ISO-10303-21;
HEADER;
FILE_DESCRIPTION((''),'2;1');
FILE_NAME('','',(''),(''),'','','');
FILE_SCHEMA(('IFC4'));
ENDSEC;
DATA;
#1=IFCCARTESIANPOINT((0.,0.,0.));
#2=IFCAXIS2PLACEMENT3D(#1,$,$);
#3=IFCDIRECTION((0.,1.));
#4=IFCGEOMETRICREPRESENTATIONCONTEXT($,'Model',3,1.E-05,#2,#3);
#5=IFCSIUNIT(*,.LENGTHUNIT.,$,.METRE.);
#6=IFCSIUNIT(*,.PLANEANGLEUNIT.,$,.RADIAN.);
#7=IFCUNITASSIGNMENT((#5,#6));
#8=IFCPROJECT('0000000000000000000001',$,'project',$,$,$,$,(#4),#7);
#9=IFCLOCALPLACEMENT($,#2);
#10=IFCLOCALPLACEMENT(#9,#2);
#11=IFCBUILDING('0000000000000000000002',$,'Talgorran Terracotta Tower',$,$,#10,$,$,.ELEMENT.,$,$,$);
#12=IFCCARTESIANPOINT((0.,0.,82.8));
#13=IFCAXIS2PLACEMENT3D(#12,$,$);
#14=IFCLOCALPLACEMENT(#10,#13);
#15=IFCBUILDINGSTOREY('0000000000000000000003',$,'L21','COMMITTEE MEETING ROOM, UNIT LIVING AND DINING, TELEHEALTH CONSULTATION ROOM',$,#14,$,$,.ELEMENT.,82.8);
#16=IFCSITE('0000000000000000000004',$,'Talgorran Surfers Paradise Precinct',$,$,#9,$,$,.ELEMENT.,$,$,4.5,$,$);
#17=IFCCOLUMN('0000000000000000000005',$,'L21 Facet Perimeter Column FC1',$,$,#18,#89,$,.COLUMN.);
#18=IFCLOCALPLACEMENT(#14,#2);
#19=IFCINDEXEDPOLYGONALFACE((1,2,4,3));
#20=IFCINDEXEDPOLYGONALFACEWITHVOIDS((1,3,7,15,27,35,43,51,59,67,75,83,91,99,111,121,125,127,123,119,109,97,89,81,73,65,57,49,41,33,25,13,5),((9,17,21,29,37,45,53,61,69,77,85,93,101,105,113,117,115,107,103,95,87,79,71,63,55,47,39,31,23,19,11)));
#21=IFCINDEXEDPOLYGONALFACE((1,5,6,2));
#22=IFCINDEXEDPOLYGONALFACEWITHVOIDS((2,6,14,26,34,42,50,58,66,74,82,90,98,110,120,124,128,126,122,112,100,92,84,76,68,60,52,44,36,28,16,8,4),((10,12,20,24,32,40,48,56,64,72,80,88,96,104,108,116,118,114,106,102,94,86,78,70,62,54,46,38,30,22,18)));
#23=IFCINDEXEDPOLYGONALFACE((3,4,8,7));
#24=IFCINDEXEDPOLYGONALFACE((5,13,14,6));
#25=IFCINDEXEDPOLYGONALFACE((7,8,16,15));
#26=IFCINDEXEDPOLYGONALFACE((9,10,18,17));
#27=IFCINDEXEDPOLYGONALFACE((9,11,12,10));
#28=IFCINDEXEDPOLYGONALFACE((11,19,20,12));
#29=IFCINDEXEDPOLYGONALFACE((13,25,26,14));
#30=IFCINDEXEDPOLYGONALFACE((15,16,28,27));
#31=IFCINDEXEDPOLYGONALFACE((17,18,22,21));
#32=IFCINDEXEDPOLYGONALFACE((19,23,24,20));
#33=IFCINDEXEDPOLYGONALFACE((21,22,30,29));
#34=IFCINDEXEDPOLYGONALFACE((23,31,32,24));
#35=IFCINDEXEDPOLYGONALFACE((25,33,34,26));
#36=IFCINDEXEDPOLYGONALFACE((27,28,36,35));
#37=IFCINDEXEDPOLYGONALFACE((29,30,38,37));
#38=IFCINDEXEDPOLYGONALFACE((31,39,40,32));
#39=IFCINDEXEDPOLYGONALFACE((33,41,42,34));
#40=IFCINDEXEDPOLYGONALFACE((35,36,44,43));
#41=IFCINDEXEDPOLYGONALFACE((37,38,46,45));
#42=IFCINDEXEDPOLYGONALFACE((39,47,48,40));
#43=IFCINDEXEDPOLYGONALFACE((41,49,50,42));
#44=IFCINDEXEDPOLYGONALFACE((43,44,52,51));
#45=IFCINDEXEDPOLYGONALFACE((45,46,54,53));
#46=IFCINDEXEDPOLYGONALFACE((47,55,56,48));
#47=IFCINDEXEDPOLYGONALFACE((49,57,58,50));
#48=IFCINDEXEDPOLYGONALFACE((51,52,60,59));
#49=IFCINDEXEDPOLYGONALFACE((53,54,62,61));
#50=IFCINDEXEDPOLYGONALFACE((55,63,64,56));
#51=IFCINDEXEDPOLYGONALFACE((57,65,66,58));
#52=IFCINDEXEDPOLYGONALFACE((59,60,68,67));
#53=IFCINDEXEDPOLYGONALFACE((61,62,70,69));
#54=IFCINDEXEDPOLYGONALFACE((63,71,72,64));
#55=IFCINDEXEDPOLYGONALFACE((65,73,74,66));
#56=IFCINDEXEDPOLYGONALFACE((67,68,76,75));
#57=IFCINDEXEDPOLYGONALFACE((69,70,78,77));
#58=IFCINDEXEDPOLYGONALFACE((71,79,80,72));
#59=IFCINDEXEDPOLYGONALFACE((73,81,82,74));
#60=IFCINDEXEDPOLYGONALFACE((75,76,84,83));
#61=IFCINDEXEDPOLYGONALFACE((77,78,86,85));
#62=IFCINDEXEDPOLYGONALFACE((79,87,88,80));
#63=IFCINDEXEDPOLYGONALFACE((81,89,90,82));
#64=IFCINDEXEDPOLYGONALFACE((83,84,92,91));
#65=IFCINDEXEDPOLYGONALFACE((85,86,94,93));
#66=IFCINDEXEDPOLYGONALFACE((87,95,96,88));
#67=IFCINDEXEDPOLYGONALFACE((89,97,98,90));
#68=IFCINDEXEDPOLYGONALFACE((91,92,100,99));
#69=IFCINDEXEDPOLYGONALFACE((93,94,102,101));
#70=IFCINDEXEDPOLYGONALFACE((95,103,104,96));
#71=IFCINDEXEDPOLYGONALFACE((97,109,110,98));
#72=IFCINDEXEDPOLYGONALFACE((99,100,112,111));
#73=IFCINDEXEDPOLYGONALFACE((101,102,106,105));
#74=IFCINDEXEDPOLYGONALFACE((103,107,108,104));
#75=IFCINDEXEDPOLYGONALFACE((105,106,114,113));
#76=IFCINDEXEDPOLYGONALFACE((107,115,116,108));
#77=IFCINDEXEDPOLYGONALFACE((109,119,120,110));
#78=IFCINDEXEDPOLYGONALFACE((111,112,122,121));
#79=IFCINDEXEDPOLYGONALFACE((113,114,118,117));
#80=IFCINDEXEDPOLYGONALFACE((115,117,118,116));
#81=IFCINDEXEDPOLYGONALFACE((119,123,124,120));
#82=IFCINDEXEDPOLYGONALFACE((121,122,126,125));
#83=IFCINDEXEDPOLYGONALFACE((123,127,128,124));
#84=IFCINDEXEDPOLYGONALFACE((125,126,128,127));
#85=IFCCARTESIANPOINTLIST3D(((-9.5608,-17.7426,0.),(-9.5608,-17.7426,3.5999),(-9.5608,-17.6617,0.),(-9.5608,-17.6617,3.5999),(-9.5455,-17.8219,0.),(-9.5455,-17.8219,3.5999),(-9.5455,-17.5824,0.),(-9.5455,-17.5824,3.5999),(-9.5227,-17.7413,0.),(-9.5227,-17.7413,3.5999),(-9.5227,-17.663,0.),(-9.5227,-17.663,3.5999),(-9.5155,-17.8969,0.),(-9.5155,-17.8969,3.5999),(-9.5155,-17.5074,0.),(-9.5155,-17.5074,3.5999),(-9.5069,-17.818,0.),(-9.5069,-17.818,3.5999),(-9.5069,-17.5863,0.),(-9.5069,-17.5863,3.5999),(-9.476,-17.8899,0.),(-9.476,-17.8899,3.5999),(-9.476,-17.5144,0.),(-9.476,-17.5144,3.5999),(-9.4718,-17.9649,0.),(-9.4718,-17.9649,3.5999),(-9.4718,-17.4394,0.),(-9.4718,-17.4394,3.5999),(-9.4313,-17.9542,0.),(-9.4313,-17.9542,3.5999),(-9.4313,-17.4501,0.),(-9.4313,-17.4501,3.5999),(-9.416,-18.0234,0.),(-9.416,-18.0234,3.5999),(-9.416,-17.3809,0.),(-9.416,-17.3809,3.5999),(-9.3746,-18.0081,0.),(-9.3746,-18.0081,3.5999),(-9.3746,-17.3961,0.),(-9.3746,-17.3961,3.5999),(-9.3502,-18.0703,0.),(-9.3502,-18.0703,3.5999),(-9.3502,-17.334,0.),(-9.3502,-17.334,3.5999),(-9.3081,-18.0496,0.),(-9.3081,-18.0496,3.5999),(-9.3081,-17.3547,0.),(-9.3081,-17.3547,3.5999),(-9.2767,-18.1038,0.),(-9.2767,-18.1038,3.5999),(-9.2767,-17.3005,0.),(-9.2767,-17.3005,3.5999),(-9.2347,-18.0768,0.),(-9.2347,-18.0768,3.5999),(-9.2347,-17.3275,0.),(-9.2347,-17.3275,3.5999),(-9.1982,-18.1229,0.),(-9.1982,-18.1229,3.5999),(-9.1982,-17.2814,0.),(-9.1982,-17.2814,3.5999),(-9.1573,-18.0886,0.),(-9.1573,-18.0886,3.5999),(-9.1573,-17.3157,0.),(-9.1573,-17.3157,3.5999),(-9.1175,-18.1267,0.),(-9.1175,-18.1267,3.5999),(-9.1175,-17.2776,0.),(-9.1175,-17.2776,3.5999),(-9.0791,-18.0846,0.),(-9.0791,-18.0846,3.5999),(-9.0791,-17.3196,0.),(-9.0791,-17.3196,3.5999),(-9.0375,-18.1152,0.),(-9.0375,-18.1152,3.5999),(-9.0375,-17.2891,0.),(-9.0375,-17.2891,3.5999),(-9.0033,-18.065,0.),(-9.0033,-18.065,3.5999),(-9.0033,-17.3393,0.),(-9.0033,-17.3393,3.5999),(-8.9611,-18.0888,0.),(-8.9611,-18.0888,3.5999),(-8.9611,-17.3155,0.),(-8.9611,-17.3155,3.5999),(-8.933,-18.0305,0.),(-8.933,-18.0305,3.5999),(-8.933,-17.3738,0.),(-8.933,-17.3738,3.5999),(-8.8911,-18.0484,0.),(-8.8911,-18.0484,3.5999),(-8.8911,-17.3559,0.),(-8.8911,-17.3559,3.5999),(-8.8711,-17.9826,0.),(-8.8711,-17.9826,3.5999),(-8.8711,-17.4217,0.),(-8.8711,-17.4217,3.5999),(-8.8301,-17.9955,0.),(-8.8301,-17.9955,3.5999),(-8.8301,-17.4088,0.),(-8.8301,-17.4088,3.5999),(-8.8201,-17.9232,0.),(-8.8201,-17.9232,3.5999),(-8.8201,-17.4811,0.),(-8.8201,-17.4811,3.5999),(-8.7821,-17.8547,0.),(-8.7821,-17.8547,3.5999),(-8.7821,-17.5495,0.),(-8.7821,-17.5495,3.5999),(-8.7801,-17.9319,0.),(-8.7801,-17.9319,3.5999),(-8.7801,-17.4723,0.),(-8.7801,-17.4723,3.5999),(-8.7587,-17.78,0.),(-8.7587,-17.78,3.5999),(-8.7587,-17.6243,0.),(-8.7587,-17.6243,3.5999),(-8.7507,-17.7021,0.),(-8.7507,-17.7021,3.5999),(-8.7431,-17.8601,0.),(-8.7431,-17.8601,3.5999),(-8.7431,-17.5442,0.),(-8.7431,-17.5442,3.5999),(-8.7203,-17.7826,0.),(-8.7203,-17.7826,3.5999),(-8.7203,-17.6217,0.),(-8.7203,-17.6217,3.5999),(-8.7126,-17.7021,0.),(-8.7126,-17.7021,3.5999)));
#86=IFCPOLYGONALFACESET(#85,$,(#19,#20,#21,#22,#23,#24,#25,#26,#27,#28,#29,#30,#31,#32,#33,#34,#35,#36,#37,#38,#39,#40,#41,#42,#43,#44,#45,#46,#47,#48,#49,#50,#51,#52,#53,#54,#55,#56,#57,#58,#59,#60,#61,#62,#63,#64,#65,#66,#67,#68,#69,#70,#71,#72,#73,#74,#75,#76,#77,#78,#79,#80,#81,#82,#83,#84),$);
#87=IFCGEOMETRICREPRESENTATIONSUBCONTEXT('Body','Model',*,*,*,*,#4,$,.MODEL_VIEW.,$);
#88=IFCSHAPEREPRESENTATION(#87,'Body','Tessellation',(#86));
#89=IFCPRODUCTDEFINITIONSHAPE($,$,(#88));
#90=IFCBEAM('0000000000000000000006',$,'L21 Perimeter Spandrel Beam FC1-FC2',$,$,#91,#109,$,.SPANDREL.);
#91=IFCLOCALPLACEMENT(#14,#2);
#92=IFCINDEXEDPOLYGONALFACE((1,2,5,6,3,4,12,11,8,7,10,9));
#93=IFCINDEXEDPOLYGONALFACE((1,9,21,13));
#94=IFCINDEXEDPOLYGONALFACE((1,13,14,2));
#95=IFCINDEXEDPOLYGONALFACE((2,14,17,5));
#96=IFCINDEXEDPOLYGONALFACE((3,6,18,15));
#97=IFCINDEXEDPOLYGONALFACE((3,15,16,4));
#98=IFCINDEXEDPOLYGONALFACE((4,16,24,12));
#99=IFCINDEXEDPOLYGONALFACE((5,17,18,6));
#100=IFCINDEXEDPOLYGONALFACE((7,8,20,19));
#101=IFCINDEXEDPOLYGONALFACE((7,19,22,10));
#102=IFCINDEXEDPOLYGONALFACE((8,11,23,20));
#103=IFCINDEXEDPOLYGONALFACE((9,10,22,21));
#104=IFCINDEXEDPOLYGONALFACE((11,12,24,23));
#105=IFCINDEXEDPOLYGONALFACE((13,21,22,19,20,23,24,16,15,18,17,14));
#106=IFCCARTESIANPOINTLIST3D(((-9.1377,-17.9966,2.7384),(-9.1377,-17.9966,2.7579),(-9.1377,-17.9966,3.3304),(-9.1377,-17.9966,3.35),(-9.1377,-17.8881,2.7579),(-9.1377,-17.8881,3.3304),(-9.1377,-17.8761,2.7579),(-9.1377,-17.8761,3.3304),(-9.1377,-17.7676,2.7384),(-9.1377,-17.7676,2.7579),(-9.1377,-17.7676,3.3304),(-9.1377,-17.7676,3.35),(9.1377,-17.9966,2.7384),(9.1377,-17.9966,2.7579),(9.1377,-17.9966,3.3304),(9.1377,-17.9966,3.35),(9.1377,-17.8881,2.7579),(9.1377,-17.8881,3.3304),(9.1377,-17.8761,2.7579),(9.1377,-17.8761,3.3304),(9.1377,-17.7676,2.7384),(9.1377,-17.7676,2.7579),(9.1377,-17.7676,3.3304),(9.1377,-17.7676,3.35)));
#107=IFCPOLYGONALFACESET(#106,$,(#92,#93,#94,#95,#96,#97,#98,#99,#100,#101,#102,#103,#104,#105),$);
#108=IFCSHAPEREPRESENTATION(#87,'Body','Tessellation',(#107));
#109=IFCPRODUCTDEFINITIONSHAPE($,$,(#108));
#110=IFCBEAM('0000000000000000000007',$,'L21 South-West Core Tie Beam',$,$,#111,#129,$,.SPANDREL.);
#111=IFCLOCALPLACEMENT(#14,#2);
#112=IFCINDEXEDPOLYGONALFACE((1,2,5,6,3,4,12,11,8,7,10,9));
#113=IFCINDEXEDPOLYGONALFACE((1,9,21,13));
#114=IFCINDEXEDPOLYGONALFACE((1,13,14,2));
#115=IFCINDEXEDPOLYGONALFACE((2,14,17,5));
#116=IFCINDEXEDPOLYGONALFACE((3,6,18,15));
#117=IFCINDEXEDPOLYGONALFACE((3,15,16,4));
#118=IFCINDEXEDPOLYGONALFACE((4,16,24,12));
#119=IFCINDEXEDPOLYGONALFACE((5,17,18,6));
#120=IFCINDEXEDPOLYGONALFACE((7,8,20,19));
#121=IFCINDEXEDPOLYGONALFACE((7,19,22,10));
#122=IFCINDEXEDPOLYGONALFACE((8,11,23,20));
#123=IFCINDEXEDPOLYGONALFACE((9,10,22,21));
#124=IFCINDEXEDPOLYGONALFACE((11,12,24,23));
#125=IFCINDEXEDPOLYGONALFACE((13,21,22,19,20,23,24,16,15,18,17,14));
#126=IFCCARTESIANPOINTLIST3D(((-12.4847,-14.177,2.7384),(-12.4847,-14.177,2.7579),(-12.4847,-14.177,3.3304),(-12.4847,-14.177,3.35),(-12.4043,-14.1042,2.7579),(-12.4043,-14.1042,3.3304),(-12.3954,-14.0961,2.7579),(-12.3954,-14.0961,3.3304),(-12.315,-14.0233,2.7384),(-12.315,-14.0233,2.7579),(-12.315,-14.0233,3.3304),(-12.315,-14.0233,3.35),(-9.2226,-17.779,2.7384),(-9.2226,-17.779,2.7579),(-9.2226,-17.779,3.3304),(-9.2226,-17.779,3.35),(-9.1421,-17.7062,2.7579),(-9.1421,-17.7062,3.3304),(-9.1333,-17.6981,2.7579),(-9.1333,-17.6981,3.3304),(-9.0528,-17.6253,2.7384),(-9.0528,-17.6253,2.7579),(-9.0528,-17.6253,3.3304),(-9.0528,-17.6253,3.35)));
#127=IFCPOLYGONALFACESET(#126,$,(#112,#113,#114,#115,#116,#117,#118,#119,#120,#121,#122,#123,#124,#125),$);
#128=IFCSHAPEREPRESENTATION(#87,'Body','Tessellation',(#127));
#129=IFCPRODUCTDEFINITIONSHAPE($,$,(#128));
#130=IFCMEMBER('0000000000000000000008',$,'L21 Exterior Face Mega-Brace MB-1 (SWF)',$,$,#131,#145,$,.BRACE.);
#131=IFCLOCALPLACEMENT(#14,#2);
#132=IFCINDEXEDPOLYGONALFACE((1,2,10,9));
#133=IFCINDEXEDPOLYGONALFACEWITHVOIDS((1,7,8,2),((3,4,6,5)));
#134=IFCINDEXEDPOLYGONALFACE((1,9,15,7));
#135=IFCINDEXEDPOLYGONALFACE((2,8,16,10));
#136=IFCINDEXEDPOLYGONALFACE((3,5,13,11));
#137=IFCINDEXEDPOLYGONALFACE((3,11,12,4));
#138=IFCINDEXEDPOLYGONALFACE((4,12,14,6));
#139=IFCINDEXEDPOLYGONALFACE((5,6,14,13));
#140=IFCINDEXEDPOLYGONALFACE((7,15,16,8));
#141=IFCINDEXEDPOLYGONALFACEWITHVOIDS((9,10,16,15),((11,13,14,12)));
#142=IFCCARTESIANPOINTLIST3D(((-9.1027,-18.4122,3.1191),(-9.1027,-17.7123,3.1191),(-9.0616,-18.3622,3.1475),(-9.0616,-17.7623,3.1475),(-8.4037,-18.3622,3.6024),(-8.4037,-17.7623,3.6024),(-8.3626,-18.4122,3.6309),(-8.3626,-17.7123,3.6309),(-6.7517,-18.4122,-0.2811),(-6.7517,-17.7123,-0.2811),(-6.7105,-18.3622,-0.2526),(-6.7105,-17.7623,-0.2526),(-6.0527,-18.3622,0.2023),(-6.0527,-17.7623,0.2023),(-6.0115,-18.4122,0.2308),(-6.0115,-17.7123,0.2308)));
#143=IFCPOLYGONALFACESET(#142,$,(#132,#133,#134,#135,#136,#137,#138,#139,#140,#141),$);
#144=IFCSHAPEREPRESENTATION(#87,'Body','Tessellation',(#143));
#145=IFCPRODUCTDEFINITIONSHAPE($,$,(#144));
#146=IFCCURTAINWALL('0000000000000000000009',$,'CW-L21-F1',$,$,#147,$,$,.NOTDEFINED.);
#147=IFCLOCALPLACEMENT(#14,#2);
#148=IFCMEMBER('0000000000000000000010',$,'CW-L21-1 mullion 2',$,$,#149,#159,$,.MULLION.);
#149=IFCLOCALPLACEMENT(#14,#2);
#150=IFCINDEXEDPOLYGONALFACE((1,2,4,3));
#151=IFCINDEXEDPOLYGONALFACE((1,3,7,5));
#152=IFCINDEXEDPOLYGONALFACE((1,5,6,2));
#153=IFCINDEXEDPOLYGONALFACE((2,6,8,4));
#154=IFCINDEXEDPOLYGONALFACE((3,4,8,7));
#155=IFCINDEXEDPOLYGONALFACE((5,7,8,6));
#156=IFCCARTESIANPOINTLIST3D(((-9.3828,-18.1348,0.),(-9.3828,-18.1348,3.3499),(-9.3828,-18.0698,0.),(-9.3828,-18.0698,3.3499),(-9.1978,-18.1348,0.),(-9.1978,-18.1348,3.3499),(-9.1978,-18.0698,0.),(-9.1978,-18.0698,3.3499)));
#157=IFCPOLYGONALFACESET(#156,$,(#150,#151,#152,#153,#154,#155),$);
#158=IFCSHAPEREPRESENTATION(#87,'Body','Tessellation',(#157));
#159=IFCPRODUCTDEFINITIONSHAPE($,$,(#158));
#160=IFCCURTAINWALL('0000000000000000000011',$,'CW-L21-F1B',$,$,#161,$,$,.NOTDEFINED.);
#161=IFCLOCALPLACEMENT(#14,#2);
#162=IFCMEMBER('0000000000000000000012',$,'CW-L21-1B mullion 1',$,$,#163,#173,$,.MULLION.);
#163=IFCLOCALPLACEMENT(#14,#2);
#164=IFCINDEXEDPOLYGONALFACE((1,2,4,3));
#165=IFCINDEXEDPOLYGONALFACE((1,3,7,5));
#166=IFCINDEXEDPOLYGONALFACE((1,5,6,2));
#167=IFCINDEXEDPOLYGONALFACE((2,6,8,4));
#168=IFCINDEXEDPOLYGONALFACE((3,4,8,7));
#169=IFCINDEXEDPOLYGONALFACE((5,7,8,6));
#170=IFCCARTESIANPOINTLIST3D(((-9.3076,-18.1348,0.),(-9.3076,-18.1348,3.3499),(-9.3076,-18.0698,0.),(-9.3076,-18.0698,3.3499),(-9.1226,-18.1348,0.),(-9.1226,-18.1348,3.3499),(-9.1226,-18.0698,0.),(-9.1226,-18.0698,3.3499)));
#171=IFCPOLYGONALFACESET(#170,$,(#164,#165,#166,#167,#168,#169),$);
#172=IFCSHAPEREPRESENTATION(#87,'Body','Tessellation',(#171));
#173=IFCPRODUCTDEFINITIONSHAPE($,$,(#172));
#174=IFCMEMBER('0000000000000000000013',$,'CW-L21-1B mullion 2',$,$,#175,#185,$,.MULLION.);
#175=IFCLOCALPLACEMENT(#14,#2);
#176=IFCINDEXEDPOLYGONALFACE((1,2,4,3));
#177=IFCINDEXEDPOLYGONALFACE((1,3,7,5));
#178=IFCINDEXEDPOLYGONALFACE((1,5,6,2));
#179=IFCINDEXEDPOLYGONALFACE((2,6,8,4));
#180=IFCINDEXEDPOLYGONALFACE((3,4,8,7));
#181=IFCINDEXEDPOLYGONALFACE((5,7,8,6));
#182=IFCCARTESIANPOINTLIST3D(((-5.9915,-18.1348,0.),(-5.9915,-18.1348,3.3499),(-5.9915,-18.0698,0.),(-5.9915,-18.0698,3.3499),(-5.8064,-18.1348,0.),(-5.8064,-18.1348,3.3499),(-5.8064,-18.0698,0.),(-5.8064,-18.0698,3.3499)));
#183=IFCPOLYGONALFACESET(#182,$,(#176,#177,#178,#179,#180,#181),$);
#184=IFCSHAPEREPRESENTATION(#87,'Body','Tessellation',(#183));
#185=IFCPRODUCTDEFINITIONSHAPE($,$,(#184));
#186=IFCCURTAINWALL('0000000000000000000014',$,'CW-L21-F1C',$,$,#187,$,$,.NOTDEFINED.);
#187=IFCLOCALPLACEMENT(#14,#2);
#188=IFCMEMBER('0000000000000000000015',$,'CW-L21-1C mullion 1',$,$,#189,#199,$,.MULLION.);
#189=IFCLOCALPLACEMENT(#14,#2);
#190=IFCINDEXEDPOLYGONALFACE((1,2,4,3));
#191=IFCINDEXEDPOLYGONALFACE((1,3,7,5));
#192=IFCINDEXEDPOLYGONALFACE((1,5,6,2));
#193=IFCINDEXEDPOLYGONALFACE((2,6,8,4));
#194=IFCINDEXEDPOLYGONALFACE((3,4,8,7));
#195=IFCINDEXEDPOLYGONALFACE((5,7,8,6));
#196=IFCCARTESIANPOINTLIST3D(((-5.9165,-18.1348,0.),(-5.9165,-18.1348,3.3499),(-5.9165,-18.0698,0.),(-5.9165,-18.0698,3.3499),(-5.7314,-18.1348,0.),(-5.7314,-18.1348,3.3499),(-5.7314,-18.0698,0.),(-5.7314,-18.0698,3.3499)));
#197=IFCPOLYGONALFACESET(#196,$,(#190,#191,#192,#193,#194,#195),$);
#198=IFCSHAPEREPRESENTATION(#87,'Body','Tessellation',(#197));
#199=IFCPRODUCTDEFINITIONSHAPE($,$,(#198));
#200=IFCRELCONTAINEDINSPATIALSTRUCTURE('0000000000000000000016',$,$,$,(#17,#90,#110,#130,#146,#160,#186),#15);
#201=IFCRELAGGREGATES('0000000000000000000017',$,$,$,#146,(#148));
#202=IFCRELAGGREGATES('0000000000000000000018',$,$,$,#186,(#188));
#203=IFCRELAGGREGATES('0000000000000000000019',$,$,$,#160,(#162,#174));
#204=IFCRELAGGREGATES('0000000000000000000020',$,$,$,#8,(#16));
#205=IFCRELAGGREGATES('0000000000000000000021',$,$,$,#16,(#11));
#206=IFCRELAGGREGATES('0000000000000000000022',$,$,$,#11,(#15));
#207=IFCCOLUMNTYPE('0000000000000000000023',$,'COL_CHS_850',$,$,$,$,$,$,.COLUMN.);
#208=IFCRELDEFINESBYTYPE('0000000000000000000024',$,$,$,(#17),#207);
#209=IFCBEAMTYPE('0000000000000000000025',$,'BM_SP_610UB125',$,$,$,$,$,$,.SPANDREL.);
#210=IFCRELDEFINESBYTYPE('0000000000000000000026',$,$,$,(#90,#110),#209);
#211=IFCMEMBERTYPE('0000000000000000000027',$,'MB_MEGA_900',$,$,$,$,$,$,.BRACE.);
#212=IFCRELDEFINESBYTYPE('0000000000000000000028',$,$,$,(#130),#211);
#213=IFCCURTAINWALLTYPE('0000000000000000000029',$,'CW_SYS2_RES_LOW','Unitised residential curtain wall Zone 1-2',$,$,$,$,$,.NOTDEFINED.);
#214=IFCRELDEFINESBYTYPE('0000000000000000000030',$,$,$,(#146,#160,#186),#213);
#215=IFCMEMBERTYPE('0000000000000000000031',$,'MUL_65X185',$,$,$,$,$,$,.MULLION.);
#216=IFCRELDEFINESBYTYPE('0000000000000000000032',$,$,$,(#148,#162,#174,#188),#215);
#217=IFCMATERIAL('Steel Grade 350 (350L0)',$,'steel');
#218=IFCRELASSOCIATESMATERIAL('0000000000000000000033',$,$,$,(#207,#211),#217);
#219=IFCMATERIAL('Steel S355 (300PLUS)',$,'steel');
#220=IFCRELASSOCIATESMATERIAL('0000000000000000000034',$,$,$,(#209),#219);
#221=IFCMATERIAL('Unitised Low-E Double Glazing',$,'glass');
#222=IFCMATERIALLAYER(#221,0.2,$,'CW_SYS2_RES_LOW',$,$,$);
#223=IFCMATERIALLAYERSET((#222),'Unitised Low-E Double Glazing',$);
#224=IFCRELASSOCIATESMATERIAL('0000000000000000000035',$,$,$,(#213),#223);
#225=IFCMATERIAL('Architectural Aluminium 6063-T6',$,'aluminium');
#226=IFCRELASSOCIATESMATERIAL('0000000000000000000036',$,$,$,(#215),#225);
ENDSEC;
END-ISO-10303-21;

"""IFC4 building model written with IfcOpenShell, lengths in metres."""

from ifc_helpers import new_model, si_unit, direction, frame, origin, origin_2d, place, context, subcontext, project, spatial, rectangle, hollow_rectangle, hollow_circle, i_section, extrude, material, layer, layer_set, material_profile, profile_set, type_object, element, aggregate, save


model = new_model("IFC4")

# Units and contexts
model_context = context("Model", 3, precision=1e-05, world=origin(), true_north=direction((0.0, 1.0)))
body_context = subcontext(model_context, "Body", "Model", "MODEL_VIEW")
ifc_project = project(units=[si_unit("LENGTHUNIT", "METRE"), si_unit("PLANEANGLEUNIT", "RADIAN")], contexts=[model_context])

# Site, building, storey
site_placement = place(None, origin())
site = spatial("IfcSite", under=ifc_project, at=site_placement, Name="Talgorran Surfers Paradise Precinct", CompositionType="ELEMENT", RefElevation=4.5)
building_placement = place(site_placement, origin())
building = spatial("IfcBuilding", under=site, at=building_placement, Name="Talgorran Terracotta Tower", CompositionType="ELEMENT")
storey_placement = place(building_placement, frame((0.0, 0.0, 82.8)))
storey = spatial("IfcBuildingStorey", under=building, at=storey_placement, Name="L21", Description="COMMITTEE MEETING ROOM, UNIT LIVING AND DINING, TELEHEALTH CONSULTATION ROOM", CompositionType="ELEMENT", Elevation=82.8)

# Column
ifc_material_1 = material(Name="Steel Grade 350 (350L0)", Category="steel")
ifc_material_profile_1 = material_profile(ifc_material_1, hollow_circle(Radius=0.425, WallThickness=0.0381, at=origin_2d()), Name="CHS850X38")
ifc_profile_set_1 = profile_set([ifc_material_profile_1], Name="Steel Grade 350 (350L0)")
column_type = type_object("IfcColumnType", Name="COL_CHS_850", PredefinedType="COLUMN", material=ifc_profile_set_1)
column_placement = place(storey_placement, frame((-9.1377, -17.7021, 0.0), z_axis=(0.0, 0.0, 1.0), x_axis=(1.0, 0.0, 0.0)))
element("IfcColumn", 1, at=column_placement, inside=storey, type_object=column_type, Name="L21 Facet Perimeter Column FC1", PredefinedType="COLUMN", context=body_context, shape_type="SweptSolid", body=[
    extrude(hollow_circle(Radius=0.425, WallThickness=0.0381, at=origin_2d()), origin(), (0.0, 0.0, 1.0), 3.5999),
])

# Beams
ifc_material_2 = material(Name="Steel S355 (300PLUS)", Category="steel")
ifc_material_profile_2 = material_profile(ifc_material_2, i_section(OverallWidth=0.229, OverallDepth=0.6116, WebThickness=0.012, FlangeThickness=0.0195, at=origin_2d()), Name="610UB125")
ifc_profile_set_2 = profile_set([ifc_material_profile_2], Name="Steel S355 (300PLUS)")
beam_type = type_object("IfcBeamType", Name="BM_SP_610UB125", PredefinedType="SPANDREL", material=ifc_profile_set_2)
beam_1_placement = place(storey_placement, frame((-9.1377, -17.8821, 3.0442), z_axis=(1.0, 0.0, 0.0), x_axis=(0.0, 1.0, 0.0)))
element("IfcBeam", 2, at=beam_1_placement, inside=storey, type_object=beam_type, Name="L21 Perimeter Spandrel Beam FC1-FC2", PredefinedType="SPANDREL", context=body_context, shape_type="SweptSolid", body=[
    extrude(i_section(OverallWidth=0.229, OverallDepth=0.6116, WebThickness=0.012, FlangeThickness=0.0195, at=origin_2d()), origin(), (0.0, 0.0, 1.0), 18.2754),
])
beam_2_placement = place(storey_placement, frame((-9.1377, -17.7021, 3.0442), z_axis=(-0.671276, 0.741207, 0.0), x_axis=(-0.741207, -0.671276, 0.0)))
element("IfcBeam", 3, at=beam_2_placement, inside=storey, type_object=beam_type, Name="L21 South-West Core Tie Beam", PredefinedType="SPANDREL", context=body_context, shape_type="SweptSolid", body=[
    extrude(i_section(OverallWidth=0.229, OverallDepth=0.6116, WebThickness=0.012, FlangeThickness=0.0195, at=origin_2d()), origin(), (0.0, 0.0, 1.0), 4.8596),
])

# Member
ifc_material_profile_3 = material_profile(ifc_material_1, hollow_rectangle(XDim=0.7, YDim=0.8999, WallThickness=0.05, at=origin_2d()), Name="WBOX900X700X50")
ifc_profile_set_3 = profile_set([ifc_material_profile_3], Name="Steel Grade 350 (350L0)")
member_type_1 = type_object("IfcMemberType", Name="MB_MEGA_900", PredefinedType="BRACE", material=ifc_profile_set_3)
member_1_placement = place(storey_placement, frame((-6.3816, -18.0623, -0.0251), z_axis=(-0.56874, 0.0, 0.822517), x_axis=(0.0, -1.0, 0.0)))
element("IfcMember", 4, at=member_1_placement, inside=storey, type_object=member_type_1, Name="L21 Exterior Face Mega-Brace MB-1 (SWF)", PredefinedType="BRACE", context=body_context, shape_type="SweptSolid", body=[
    extrude(hollow_rectangle(XDim=0.7, YDim=0.8999, WallThickness=0.05, at=origin_2d()), origin(), (0.0, 0.0, 1.0), 4.1338),
])

# Curtain wall, member
ifc_material_3 = material(Name="Unitised Low-E Double Glazing", Category="glass")
ifc_layer_1 = layer(ifc_material_3, 0.2, Name="CW_SYS2_RES_LOW")
ifc_layer_set_1 = layer_set([ifc_layer_1], Name="Unitised Low-E Double Glazing")
curtain_wall_type = type_object("IfcCurtainWallType", Name="CW_SYS2_RES_LOW", Description="Unitised residential curtain wall Zone 1-2", PredefinedType="NOTDEFINED", material=ifc_layer_set_1)
curtain_wall_1_placement = place(storey_placement, origin())
curtain_wall_1 = element("IfcCurtainWall", 5, at=curtain_wall_1_placement, inside=storey, type_object=curtain_wall_type, Name="CW-L21-F1", PredefinedType="NOTDEFINED")
ifc_material_4 = material(Name="Architectural Aluminium 6063-T6", Category="aluminium")
ifc_material_profile_4 = material_profile(ifc_material_4, rectangle(XDim=0.0649, YDim=0.1851, at=origin_2d()), Name="CWM65X185")
ifc_profile_set_4 = profile_set([ifc_material_profile_4], Name="Architectural Aluminium 6063-T6")
member_type_2 = type_object("IfcMemberType", Name="MUL_65X185", PredefinedType="MULLION", material=ifc_profile_set_4)
member_2_placement = place(storey_placement, frame((-9.2903, -18.1023, 0.0), z_axis=(0.0, 0.0, 1.0), x_axis=(0.0, 1.0, 0.0)))
member_2 = element("IfcMember", 6, at=member_2_placement, type_object=member_type_2, Name="CW-L21-1 mullion 2", PredefinedType="MULLION", context=body_context, shape_type="SweptSolid", body=[
    extrude(rectangle(XDim=0.0649, YDim=0.1851, at=origin_2d()), origin(), (0.0, 0.0, 1.0), 3.3499),
])
aggregate(curtain_wall_1, [member_2])

# Curtain wall, members
curtain_wall_2_placement = place(storey_placement, origin())
curtain_wall_2 = element("IfcCurtainWall", 7, at=curtain_wall_2_placement, inside=storey, type_object=curtain_wall_type, Name="CW-L21-F1B", PredefinedType="NOTDEFINED")
member_3_placement = place(storey_placement, frame((-9.2151, -18.1023, 0.0), z_axis=(0.0, 0.0, 1.0), x_axis=(0.0, 1.0, 0.0)))
member_3 = element("IfcMember", 8, at=member_3_placement, type_object=member_type_2, Name="CW-L21-1B mullion 1", PredefinedType="MULLION", context=body_context, shape_type="SweptSolid", body=[
    extrude(rectangle(XDim=0.0649, YDim=0.1851, at=origin_2d()), origin(), (0.0, 0.0, 1.0), 3.3499),
])
member_4_placement = place(storey_placement, frame((-5.8989, -18.1023, 0.0), z_axis=(0.0, 0.0, 1.0), x_axis=(0.0, 1.0, 0.0)))
member_4 = element("IfcMember", 9, at=member_4_placement, type_object=member_type_2, Name="CW-L21-1B mullion 2", PredefinedType="MULLION", context=body_context, shape_type="SweptSolid", body=[
    extrude(rectangle(XDim=0.0649, YDim=0.1851, at=origin_2d()), origin(), (0.0, 0.0, 1.0), 3.3499),
])

# Curtain wall, member
curtain_wall_3_placement = place(storey_placement, origin())
curtain_wall_3 = element("IfcCurtainWall", 10, at=curtain_wall_3_placement, inside=storey, type_object=curtain_wall_type, Name="CW-L21-F1C", PredefinedType="NOTDEFINED")
member_5_placement = place(storey_placement, frame((-5.824, -18.1023, 0.0), z_axis=(0.0, 0.0, 1.0), x_axis=(0.0, 1.0, 0.0)))
member_5 = element("IfcMember", 11, at=member_5_placement, type_object=member_type_2, Name="CW-L21-1C mullion 1", PredefinedType="MULLION", context=body_context, shape_type="SweptSolid", body=[
    extrude(rectangle(XDim=0.0649, YDim=0.1851, at=origin_2d()), origin(), (0.0, 0.0, 1.0), 3.3499),
])

aggregate(curtain_wall_3, [member_5])

aggregate(curtain_wall_2, [member_3, member_4])

save(model, "model.ifc")
